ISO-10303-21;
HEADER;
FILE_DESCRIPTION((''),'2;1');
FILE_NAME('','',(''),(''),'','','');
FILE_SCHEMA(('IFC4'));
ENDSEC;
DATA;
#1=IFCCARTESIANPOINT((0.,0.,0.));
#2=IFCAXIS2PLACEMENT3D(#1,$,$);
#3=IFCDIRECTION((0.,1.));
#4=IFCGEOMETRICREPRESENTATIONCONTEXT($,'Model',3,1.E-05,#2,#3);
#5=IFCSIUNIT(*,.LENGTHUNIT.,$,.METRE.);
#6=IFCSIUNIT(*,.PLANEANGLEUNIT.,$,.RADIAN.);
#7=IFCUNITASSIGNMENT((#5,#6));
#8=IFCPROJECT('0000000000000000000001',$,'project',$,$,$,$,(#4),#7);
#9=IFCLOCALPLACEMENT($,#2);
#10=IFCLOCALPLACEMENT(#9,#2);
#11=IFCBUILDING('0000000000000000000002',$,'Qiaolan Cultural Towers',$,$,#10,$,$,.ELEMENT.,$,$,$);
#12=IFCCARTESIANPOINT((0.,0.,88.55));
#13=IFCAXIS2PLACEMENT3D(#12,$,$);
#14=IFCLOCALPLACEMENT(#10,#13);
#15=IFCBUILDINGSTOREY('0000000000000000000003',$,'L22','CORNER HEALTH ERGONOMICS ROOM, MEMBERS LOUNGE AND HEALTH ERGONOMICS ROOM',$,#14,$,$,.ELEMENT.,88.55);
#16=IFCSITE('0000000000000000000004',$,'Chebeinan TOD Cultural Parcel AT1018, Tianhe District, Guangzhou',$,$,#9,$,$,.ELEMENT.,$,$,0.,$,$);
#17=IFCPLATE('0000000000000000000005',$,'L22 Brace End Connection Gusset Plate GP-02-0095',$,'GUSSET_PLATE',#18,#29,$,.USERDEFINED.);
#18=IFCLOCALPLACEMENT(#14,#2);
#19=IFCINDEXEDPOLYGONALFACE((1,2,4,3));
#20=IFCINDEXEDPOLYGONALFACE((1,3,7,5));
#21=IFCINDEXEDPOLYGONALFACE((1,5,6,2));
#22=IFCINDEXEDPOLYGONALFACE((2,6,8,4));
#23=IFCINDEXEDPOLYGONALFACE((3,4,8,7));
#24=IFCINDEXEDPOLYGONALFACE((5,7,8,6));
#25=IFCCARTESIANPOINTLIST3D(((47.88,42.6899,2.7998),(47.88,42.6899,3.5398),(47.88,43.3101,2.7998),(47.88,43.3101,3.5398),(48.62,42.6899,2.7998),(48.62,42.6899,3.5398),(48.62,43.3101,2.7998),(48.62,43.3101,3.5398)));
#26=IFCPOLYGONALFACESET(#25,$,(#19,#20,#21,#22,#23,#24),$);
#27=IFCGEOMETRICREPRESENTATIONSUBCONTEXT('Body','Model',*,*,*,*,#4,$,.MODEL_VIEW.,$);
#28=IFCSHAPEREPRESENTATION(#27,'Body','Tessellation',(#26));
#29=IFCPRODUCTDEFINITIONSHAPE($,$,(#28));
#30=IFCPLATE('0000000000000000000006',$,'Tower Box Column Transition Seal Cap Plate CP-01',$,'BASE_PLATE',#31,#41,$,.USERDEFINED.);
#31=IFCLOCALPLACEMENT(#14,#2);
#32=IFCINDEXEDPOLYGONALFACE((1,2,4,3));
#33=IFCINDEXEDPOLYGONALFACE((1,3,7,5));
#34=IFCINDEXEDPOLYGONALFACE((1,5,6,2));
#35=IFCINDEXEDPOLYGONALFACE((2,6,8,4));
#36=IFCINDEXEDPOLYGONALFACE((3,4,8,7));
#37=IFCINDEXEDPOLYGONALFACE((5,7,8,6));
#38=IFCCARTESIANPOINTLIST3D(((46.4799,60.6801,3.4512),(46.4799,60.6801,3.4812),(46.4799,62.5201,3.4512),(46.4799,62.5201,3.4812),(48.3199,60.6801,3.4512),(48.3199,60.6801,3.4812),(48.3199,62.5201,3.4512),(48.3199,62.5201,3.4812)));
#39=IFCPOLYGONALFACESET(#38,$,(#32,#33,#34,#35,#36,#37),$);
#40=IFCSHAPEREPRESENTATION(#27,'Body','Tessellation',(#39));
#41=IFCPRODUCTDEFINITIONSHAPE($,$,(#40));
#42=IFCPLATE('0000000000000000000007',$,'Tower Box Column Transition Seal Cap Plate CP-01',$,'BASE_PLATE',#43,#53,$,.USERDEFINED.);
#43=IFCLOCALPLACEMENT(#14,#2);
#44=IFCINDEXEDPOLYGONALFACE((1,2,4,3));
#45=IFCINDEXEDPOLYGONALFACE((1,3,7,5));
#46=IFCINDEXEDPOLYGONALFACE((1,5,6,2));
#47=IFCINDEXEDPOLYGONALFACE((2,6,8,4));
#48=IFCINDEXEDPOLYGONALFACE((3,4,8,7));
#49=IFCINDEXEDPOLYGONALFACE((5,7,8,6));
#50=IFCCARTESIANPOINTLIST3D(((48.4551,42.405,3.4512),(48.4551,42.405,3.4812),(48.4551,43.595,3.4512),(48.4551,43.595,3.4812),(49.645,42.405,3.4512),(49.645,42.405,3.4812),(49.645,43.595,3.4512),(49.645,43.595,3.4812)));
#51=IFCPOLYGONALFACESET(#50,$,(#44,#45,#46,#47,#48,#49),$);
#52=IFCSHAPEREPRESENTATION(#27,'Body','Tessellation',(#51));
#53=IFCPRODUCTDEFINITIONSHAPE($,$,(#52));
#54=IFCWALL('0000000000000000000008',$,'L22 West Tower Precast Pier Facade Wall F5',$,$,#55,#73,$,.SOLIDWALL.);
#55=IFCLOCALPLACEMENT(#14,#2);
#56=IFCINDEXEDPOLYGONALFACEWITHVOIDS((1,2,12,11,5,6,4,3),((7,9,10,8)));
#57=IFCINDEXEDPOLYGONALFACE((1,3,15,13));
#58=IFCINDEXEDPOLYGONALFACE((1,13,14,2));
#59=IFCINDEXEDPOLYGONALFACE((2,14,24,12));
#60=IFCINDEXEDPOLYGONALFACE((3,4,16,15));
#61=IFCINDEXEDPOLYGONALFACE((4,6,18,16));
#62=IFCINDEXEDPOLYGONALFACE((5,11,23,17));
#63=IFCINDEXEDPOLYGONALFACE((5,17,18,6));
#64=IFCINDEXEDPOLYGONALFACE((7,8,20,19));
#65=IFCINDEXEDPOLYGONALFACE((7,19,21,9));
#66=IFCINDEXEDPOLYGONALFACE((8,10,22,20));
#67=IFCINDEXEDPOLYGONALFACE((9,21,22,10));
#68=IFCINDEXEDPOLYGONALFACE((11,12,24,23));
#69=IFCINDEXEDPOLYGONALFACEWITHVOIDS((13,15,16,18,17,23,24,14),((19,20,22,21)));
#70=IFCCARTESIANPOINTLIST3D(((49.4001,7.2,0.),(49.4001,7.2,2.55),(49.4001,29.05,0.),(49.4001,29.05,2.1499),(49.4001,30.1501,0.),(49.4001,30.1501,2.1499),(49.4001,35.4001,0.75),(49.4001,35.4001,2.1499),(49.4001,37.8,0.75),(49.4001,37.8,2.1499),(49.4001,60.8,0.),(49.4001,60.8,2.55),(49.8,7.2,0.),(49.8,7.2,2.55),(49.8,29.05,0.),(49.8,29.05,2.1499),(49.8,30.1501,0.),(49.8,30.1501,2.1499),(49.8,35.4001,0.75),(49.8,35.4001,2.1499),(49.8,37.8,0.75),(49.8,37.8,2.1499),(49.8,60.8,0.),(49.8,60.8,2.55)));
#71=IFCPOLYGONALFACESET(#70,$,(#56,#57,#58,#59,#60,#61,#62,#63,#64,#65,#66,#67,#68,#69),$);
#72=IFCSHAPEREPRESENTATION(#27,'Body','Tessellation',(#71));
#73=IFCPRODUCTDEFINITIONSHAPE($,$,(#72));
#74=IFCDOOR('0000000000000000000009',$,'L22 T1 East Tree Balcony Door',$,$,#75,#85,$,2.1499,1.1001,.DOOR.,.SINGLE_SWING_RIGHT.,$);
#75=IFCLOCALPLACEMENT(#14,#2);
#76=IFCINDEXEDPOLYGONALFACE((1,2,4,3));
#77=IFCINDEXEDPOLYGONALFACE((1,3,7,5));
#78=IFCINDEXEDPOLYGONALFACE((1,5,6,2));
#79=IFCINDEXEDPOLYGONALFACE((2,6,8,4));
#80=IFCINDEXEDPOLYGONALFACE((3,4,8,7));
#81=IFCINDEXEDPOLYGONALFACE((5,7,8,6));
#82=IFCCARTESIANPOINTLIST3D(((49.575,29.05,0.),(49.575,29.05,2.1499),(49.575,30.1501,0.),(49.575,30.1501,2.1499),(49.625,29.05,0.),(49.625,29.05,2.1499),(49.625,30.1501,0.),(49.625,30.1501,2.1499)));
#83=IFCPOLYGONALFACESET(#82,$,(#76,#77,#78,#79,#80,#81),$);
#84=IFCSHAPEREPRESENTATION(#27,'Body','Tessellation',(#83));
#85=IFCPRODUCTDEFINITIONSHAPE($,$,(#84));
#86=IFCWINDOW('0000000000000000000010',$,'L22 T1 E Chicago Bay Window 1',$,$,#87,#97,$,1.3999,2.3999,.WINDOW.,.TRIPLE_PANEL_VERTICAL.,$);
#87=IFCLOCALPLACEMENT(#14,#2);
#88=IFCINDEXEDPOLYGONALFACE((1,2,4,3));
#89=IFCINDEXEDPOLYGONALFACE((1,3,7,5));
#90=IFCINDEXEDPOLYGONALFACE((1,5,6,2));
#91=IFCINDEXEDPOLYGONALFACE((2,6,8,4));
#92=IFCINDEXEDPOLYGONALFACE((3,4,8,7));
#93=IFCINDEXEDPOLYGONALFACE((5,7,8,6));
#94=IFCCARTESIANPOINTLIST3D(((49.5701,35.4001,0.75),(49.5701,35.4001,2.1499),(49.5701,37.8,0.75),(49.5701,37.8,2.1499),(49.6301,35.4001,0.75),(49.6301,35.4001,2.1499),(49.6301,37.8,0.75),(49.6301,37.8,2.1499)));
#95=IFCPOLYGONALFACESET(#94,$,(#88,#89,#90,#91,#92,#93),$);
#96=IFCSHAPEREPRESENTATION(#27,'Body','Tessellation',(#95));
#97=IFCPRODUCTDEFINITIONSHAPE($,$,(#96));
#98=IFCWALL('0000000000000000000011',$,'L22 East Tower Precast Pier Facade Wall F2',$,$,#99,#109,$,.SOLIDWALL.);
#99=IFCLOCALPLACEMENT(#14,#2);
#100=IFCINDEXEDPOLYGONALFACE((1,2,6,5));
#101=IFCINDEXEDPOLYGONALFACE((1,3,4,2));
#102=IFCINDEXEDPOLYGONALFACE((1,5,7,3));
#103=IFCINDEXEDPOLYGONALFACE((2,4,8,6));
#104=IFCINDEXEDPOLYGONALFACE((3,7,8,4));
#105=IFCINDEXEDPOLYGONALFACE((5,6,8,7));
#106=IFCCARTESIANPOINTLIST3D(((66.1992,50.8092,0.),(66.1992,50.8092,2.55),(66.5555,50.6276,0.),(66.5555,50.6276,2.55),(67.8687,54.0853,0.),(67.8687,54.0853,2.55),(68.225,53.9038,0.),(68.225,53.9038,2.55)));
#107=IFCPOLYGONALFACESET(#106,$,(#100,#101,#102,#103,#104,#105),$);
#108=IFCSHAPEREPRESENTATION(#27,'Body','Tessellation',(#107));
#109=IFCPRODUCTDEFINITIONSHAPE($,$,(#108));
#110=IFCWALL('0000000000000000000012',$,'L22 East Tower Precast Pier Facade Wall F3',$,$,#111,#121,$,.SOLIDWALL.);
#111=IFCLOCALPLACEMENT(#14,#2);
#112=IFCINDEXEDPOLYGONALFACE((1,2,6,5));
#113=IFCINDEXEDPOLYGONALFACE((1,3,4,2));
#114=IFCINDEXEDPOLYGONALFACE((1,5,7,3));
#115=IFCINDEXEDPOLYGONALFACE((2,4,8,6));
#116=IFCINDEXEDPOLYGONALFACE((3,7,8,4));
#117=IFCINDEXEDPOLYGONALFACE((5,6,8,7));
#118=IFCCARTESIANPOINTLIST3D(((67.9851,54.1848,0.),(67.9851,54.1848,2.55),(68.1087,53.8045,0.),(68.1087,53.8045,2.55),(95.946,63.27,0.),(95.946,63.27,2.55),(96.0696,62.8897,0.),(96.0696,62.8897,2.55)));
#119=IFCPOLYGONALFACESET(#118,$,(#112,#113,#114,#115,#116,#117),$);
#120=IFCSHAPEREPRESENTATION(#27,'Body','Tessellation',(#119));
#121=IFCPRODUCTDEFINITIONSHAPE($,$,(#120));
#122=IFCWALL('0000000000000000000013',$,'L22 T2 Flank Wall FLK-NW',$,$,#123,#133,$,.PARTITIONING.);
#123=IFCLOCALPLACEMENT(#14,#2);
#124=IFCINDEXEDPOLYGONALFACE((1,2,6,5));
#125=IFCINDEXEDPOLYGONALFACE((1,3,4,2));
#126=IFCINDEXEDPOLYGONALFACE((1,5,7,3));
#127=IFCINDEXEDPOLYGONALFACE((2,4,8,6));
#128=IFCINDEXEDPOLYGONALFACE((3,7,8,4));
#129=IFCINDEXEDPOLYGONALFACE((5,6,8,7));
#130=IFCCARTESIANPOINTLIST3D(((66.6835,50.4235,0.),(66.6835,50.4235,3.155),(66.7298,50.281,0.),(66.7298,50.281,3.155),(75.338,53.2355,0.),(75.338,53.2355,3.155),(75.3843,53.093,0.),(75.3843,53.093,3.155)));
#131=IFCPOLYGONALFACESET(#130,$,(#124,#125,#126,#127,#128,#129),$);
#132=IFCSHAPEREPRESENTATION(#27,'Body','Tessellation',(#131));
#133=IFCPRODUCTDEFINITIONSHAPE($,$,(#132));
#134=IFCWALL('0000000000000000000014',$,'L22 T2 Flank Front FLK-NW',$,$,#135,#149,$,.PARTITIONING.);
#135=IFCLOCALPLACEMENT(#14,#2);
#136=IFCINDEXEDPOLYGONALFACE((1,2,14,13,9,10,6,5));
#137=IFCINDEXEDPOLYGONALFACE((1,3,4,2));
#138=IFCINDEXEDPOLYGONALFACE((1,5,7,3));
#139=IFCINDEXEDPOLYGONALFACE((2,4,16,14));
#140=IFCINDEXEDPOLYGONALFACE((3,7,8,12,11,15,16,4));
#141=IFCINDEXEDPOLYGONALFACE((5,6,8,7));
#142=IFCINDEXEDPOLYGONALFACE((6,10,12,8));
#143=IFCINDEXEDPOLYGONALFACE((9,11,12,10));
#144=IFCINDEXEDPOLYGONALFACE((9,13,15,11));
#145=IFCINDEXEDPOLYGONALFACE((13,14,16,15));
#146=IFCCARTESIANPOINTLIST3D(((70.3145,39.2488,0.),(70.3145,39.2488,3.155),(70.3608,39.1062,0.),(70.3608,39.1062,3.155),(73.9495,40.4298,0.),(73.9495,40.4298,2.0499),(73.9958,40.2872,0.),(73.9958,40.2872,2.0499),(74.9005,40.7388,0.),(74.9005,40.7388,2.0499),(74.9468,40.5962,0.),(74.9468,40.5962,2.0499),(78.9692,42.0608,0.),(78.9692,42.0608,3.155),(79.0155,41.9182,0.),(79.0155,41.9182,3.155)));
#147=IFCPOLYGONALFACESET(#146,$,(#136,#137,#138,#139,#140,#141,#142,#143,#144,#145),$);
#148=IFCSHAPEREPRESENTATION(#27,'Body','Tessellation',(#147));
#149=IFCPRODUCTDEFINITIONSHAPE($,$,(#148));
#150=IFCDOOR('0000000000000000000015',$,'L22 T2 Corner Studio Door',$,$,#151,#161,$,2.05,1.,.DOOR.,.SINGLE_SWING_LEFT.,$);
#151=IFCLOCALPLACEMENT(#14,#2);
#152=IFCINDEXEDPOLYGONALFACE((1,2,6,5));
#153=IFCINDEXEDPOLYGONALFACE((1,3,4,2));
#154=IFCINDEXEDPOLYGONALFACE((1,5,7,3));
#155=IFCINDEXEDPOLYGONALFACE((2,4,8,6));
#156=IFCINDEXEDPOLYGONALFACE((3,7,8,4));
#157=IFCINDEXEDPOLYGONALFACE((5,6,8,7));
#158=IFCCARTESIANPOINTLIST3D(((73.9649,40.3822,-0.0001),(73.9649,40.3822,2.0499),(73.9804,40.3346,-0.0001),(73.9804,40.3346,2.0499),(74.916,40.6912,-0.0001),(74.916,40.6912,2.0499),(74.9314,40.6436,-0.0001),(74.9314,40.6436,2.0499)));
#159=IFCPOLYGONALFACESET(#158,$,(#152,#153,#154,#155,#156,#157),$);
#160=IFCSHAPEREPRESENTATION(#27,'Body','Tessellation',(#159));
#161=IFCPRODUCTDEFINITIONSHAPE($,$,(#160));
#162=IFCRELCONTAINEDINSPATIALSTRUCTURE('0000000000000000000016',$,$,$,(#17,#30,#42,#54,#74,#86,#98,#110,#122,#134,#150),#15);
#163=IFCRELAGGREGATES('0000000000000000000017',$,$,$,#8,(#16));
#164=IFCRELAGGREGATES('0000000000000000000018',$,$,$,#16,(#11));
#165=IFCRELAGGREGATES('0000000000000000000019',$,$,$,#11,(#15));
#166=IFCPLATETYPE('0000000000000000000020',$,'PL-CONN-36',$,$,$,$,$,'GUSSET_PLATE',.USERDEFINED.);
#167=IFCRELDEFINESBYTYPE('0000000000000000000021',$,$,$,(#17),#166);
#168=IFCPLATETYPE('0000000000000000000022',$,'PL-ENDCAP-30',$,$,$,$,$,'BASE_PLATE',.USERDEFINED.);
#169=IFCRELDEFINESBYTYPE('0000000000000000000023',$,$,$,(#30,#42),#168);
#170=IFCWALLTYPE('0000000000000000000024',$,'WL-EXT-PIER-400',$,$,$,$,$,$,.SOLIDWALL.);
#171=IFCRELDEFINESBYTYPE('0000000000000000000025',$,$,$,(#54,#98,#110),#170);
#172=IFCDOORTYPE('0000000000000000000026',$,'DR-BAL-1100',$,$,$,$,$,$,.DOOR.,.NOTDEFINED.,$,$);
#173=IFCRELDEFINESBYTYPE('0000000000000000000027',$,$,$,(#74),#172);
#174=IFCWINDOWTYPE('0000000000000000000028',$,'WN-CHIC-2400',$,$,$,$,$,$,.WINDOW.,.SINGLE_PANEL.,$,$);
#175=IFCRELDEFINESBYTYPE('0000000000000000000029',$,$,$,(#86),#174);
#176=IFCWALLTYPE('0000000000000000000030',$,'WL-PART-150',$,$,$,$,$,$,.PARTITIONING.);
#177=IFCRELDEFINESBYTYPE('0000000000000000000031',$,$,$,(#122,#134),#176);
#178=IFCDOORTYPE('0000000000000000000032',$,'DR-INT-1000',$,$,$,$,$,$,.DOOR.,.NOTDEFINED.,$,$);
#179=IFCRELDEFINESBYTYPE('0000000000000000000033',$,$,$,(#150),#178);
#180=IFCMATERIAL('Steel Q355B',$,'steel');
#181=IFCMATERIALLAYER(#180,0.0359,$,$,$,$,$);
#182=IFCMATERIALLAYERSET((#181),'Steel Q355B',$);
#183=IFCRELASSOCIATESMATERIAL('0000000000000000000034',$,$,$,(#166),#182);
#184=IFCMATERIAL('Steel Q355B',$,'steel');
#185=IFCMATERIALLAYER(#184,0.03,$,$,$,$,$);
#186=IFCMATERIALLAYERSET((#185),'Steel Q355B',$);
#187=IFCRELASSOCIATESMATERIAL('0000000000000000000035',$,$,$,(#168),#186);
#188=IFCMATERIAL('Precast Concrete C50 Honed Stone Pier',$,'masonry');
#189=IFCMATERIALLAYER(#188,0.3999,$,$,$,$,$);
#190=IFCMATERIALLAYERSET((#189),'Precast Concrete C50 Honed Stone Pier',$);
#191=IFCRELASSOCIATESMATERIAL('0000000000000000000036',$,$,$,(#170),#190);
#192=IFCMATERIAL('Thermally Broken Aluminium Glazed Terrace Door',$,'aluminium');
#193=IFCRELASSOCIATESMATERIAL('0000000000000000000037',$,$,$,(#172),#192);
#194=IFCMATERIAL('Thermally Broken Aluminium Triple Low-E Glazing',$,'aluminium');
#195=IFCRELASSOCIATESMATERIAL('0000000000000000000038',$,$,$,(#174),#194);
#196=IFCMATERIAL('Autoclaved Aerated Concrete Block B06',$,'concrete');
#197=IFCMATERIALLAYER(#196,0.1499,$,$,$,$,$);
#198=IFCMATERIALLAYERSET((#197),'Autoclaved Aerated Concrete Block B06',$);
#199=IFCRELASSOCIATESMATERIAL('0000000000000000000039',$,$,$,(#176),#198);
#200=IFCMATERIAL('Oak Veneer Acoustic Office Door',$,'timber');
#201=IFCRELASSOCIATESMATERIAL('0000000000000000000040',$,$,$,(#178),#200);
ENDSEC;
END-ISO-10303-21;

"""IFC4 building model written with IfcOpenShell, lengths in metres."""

from ifc_helpers import new_model, si_unit, direction, frame, frame_2d, origin, origin_2d, place, context, subcontext, project, spatial, rectangle, extrude, material, layer, layer_set, type_object, element, fill, save


model = new_model("IFC4")

# Units and contexts
model_context = context("Model", 3, precision=1e-05, world=origin(), true_north=direction((0.0, 1.0)))
body_context = subcontext(model_context, "Body", "Model", "MODEL_VIEW")
ifc_project = project(units=[si_unit("LENGTHUNIT", "METRE"), si_unit("PLANEANGLEUNIT", "RADIAN")], contexts=[model_context])

# Site, building, storey
site_placement = place(None, origin())
site = spatial("IfcSite", under=ifc_project, at=site_placement, Name="Chebeinan TOD Cultural Parcel AT1018, Tianhe District, Guangzhou", CompositionType="ELEMENT", RefElevation=0.0)
building_placement = place(site_placement, origin())
building = spatial("IfcBuilding", under=site, at=building_placement, Name="Qiaolan Cultural Towers", CompositionType="ELEMENT")
storey_placement = place(building_placement, frame((0.0, 0.0, 88.55)))
storey = spatial("IfcBuildingStorey", under=building, at=storey_placement, Name="L22", Description="CORNER HEALTH ERGONOMICS ROOM, MEMBERS LOUNGE AND HEALTH ERGONOMICS ROOM", CompositionType="ELEMENT", Elevation=88.55)

# Plates
ifc_material_1 = material(Name="Steel Q355B", Category="steel")
ifc_layer_1 = layer(ifc_material_1, 0.0359)
ifc_layer_set_1 = layer_set([ifc_layer_1], Name="Steel Q355B")
plate_type_1 = type_object("IfcPlateType", Name="PL-CONN-36", ElementType="GUSSET_PLATE", PredefinedType="USERDEFINED", material=ifc_layer_set_1)
for number, where, z_axis, x_axis, name in (
    (1, (48.25, 43.0, 2.7998), (0.0, 0.0, 1.0), (1.0, 0.0, 0.0), "L22 Brace End Connection Gusset Plate GP-02-0095"),
):
    element("IfcPlate", number, at=place(storey_placement, frame(where, z_axis=z_axis, x_axis=x_axis)), inside=storey, type_object=plate_type_1, Name=name, ObjectType="GUSSET_PLATE", PredefinedType="USERDEFINED", context=body_context, shape_type="SweptSolid", body=[
        extrude(rectangle(XDim=0.74, YDim=0.6201, at=origin_2d()), origin(), (0.0, 0.0, 1.0), 0.74),
    ])
ifc_material_2 = material(Name="Steel Q355B", Category="steel")
ifc_layer_2 = layer(ifc_material_2, 0.03)
ifc_layer_set_2 = layer_set([ifc_layer_2], Name="Steel Q355B")
plate_type_2 = type_object("IfcPlateType", Name="PL-ENDCAP-30", ElementType="BASE_PLATE", PredefinedType="USERDEFINED", material=ifc_layer_set_2)
plate_1_placement = place(storey_placement, frame((47.3999, 61.6001, 3.4512), z_axis=(0.0, 0.0, 1.0), x_axis=(1.0, 0.0, 0.0)))
element("IfcPlate", 2, at=plate_1_placement, inside=storey, type_object=plate_type_2, Name="Tower Box Column Transition Seal Cap Plate CP-01", ObjectType="BASE_PLATE", PredefinedType="USERDEFINED", context=body_context, shape_type="SweptSolid", body=[
    extrude(rectangle(XDim=1.8401, YDim=1.8401, at=origin_2d()), origin(), (0.0, 0.0, 1.0), 0.03),
])
plate_2_placement = place(storey_placement, frame((49.05, 43.0, 3.4512), z_axis=(0.0, 0.0, 1.0), x_axis=(1.0, 0.0, 0.0)))
element("IfcPlate", 3, at=plate_2_placement, inside=storey, type_object=plate_type_2, Name="Tower Box Column Transition Seal Cap Plate CP-01", ObjectType="BASE_PLATE", PredefinedType="USERDEFINED", context=body_context, shape_type="SweptSolid", body=[
    extrude(rectangle(XDim=1.1899, YDim=1.1899, at=origin_2d()), origin(), (0.0, 0.0, 1.0), 0.03),
])

# Wall, openings, door, window
ifc_material_3 = material(Name="Precast Concrete C50 Honed Stone Pier", Category="masonry")
ifc_layer_3 = layer(ifc_material_3, 0.3999)
ifc_layer_set_3 = layer_set([ifc_layer_3], Name="Precast Concrete C50 Honed Stone Pier")
wall_type_1 = type_object("IfcWallType", Name="WL-EXT-PIER-400", PredefinedType="SOLIDWALL", material=ifc_layer_set_3)
wall_1_placement = place(storey_placement, frame((49.6001, 60.8, 0.0), z_axis=(0.0, 0.0, 1.0), x_axis=(0.0, -1.0, 0.0)))
wall_1 = element("IfcWall", 4, at=wall_1_placement, inside=storey, type_object=wall_type_1, Name="L22 West Tower Precast Pier Facade Wall F5", PredefinedType="SOLIDWALL", context=body_context, shape_type="SweptSolid", body=[
    extrude(rectangle(XDim=53.6001, YDim=0.3999, at=frame_2d((26.8, 0.0))), origin(), (0.0, 0.0, 1.0), 2.55),
])
opening_1_placement = place(wall_1_placement, frame((23.0, 0.0, 0.75)))
opening_1 = element("IfcOpeningElement", 5, at=opening_1_placement, cuts=wall_1, PredefinedType="OPENING", context=body_context, shape_type="SweptSolid", body=[
    extrude(rectangle(XDim=2.3999, YDim=1.3999, at=frame_2d((1.2, 0.7))), frame((0.0, 0.21, 0.0), z_axis=(0.0, -1.0, 0.0), x_axis=(1.0, 0.0, 0.0)), (0.0, 0.0, 1.0), 0.4199),
])
opening_2_placement = place(wall_1_placement, frame((30.6499, 0.0, 0.0)))
opening_2 = element("IfcOpeningElement", 6, at=opening_2_placement, cuts=wall_1, PredefinedType="OPENING", context=body_context, shape_type="SweptSolid", body=[
    extrude(rectangle(XDim=1.1001, YDim=2.1499, at=frame_2d((0.55, 1.075))), frame((0.0, 0.21, 0.0), z_axis=(0.0, -1.0, 0.0), x_axis=(1.0, 0.0, 0.0)), (0.0, 0.0, 1.0), 0.4199),
])
ifc_material_4 = material(Name="Thermally Broken Aluminium Glazed Terrace Door", Category="aluminium")
door_type_1 = type_object("IfcDoorType", Name="DR-BAL-1100", OperationType="NOTDEFINED", PredefinedType="DOOR", material=ifc_material_4)
door_1_placement = place(opening_2_placement, origin())
door_1 = element("IfcDoor", 7, at=door_1_placement, inside=storey, type_object=door_type_1, Name="L22 T1 East Tree Balcony Door", OperationType="SINGLE_SWING_RIGHT", OverallHeight=2.1499, OverallWidth=1.1001, PredefinedType="DOOR", context=body_context, shape_type="SweptSolid", body=[
    extrude(rectangle(XDim=1.1001, YDim=2.1499, at=frame_2d((0.55, 1.075))), frame((0.0, 0.0249, 0.0), z_axis=(0.0, -1.0, 0.0), x_axis=(1.0, 0.0, 0.0)), (0.0, 0.0, 1.0), 0.05),
])
fill(opening_2, door_1)
ifc_material_5 = material(Name="Thermally Broken Aluminium Triple Low-E Glazing", Category="aluminium")
window_type = type_object("IfcWindowType", Name="WN-CHIC-2400", PartitioningType="SINGLE_PANEL", PredefinedType="WINDOW", material=ifc_material_5)
window_placement = place(opening_1_placement, origin())
window = element("IfcWindow", 8, at=window_placement, inside=storey, type_object=window_type, Name="L22 T1 E Chicago Bay Window 1", OverallHeight=1.3999, OverallWidth=2.3999, PartitioningType="TRIPLE_PANEL_VERTICAL", PredefinedType="WINDOW", context=body_context, shape_type="SweptSolid", body=[
    extrude(rectangle(XDim=2.3999, YDim=1.3999, at=frame_2d((1.2, 0.7))), frame((0.0, 0.03, 0.0), z_axis=(0.0, -1.0, 0.0), x_axis=(1.0, 0.0, 0.0)), (0.0, 0.0, 1.0), 0.0601),
])
fill(opening_1, window)

# Walls
wall_2_placement = place(storey_placement, frame((66.3774, 50.7185, 0.0), z_axis=(0.0, 0.0, 1.0), x_axis=(0.454026, 0.890988, 0.0)))
element("IfcWall", 9, at=wall_2_placement, inside=storey, type_object=wall_type_1, Name="L22 East Tower Precast Pier Facade Wall F2", PredefinedType="SOLIDWALL", context=body_context, shape_type="SweptSolid", body=[
    extrude(rectangle(XDim=3.677, YDim=0.3999, at=frame_2d((1.8384, 0.0))), origin(), (0.0, 0.0, 1.0), 2.55),
])
wall_3_placement = place(storey_placement, frame((68.0469, 53.9946, 0.0), z_axis=(0.0, 0.0, 1.0), x_axis=(0.951055, 0.309021, 0.0)))
element("IfcWall", 10, at=wall_3_placement, inside=storey, type_object=wall_type_1, Name="L22 East Tower Precast Pier Facade Wall F3", PredefinedType="SOLIDWALL", context=body_context, shape_type="SweptSolid", body=[
    extrude(rectangle(XDim=29.3999, YDim=0.3999, at=frame_2d((14.7, 0.0))), origin(), (0.0, 0.0, 1.0), 2.55),
])
ifc_material_6 = material(Name="Autoclaved Aerated Concrete Block B06", Category="concrete")
ifc_layer_4 = layer(ifc_material_6, 0.1499)
ifc_layer_set_4 = layer_set([ifc_layer_4], Name="Autoclaved Aerated Concrete Block B06")
wall_type_2 = type_object("IfcWallType", Name="WL-PART-150", PredefinedType="PARTITIONING", material=ifc_layer_set_4)
wall_4_placement = place(storey_placement, frame((66.7068, 50.3523, 0.0), z_axis=(0.0, 0.0, 1.0), x_axis=(0.951057, 0.309015, 0.0)))
element("IfcWall", 11, at=wall_4_placement, inside=storey, type_object=wall_type_2, Name="L22 T2 Flank Wall FLK-NW", PredefinedType="PARTITIONING", context=body_context, shape_type="SweptSolid", body=[
    extrude(rectangle(XDim=9.0999, YDim=0.1499, at=frame_2d((4.5498, 0.0))), origin(), (0.0, 0.0, 1.0), 3.155),
])

# Wall, opening, door
wall_5_placement = place(storey_placement, frame((70.3376, 39.1775, 0.0), z_axis=(0.0, 0.0, 1.0), x_axis=(0.95106, 0.309007, 0.0)))
wall_5 = element("IfcWall", 12, at=wall_5_placement, inside=storey, type_object=wall_type_2, Name="L22 T2 Flank Front FLK-NW", PredefinedType="PARTITIONING", context=body_context, shape_type="SweptSolid", body=[
    extrude(rectangle(XDim=9.1001, YDim=0.1499, at=frame_2d((4.55, 0.0))), origin(), (0.0, 0.0, 1.0), 3.155),
])
opening_3_placement = place(wall_5_placement, frame((3.822, 0.0, 0.0)))
opening_3 = element("IfcOpeningElement", 13, at=opening_3_placement, cuts=wall_5, PredefinedType="OPENING", context=body_context, shape_type="SweptSolid", body=[
    extrude(rectangle(XDim=1.0, YDim=2.05, at=frame_2d((0.5, 1.0249))), frame((0.0, 0.085, 0.0), z_axis=(0.0, -1.0, 0.0), x_axis=(1.0, 0.0, 0.0)), (0.0, 0.0, 1.0), 0.1699),
])
ifc_material_7 = material(Name="Oak Veneer Acoustic Office Door", Category="timber")
door_type_2 = type_object("IfcDoorType", Name="DR-INT-1000", OperationType="NOTDEFINED", PredefinedType="DOOR", material=ifc_material_7)
door_2_placement = place(opening_3_placement, origin())
door_2 = element("IfcDoor", 14, at=door_2_placement, inside=storey, type_object=door_type_2, Name="L22 T2 Corner Studio Door", OperationType="SINGLE_SWING_LEFT", OverallHeight=2.05, OverallWidth=1.0, PredefinedType="DOOR", context=body_context, shape_type="SweptSolid", body=[
    extrude(rectangle(XDim=1.0, YDim=2.05, at=frame_2d((0.5, 1.0249))), frame((0.0, 0.0249, 0.0), z_axis=(0.0, -1.0, 0.0), x_axis=(1.0, 0.0, 0.0)), (0.0, 0.0, 1.0), 0.05),
])
fill(opening_3, door_2)

save(model, "model.ifc")
